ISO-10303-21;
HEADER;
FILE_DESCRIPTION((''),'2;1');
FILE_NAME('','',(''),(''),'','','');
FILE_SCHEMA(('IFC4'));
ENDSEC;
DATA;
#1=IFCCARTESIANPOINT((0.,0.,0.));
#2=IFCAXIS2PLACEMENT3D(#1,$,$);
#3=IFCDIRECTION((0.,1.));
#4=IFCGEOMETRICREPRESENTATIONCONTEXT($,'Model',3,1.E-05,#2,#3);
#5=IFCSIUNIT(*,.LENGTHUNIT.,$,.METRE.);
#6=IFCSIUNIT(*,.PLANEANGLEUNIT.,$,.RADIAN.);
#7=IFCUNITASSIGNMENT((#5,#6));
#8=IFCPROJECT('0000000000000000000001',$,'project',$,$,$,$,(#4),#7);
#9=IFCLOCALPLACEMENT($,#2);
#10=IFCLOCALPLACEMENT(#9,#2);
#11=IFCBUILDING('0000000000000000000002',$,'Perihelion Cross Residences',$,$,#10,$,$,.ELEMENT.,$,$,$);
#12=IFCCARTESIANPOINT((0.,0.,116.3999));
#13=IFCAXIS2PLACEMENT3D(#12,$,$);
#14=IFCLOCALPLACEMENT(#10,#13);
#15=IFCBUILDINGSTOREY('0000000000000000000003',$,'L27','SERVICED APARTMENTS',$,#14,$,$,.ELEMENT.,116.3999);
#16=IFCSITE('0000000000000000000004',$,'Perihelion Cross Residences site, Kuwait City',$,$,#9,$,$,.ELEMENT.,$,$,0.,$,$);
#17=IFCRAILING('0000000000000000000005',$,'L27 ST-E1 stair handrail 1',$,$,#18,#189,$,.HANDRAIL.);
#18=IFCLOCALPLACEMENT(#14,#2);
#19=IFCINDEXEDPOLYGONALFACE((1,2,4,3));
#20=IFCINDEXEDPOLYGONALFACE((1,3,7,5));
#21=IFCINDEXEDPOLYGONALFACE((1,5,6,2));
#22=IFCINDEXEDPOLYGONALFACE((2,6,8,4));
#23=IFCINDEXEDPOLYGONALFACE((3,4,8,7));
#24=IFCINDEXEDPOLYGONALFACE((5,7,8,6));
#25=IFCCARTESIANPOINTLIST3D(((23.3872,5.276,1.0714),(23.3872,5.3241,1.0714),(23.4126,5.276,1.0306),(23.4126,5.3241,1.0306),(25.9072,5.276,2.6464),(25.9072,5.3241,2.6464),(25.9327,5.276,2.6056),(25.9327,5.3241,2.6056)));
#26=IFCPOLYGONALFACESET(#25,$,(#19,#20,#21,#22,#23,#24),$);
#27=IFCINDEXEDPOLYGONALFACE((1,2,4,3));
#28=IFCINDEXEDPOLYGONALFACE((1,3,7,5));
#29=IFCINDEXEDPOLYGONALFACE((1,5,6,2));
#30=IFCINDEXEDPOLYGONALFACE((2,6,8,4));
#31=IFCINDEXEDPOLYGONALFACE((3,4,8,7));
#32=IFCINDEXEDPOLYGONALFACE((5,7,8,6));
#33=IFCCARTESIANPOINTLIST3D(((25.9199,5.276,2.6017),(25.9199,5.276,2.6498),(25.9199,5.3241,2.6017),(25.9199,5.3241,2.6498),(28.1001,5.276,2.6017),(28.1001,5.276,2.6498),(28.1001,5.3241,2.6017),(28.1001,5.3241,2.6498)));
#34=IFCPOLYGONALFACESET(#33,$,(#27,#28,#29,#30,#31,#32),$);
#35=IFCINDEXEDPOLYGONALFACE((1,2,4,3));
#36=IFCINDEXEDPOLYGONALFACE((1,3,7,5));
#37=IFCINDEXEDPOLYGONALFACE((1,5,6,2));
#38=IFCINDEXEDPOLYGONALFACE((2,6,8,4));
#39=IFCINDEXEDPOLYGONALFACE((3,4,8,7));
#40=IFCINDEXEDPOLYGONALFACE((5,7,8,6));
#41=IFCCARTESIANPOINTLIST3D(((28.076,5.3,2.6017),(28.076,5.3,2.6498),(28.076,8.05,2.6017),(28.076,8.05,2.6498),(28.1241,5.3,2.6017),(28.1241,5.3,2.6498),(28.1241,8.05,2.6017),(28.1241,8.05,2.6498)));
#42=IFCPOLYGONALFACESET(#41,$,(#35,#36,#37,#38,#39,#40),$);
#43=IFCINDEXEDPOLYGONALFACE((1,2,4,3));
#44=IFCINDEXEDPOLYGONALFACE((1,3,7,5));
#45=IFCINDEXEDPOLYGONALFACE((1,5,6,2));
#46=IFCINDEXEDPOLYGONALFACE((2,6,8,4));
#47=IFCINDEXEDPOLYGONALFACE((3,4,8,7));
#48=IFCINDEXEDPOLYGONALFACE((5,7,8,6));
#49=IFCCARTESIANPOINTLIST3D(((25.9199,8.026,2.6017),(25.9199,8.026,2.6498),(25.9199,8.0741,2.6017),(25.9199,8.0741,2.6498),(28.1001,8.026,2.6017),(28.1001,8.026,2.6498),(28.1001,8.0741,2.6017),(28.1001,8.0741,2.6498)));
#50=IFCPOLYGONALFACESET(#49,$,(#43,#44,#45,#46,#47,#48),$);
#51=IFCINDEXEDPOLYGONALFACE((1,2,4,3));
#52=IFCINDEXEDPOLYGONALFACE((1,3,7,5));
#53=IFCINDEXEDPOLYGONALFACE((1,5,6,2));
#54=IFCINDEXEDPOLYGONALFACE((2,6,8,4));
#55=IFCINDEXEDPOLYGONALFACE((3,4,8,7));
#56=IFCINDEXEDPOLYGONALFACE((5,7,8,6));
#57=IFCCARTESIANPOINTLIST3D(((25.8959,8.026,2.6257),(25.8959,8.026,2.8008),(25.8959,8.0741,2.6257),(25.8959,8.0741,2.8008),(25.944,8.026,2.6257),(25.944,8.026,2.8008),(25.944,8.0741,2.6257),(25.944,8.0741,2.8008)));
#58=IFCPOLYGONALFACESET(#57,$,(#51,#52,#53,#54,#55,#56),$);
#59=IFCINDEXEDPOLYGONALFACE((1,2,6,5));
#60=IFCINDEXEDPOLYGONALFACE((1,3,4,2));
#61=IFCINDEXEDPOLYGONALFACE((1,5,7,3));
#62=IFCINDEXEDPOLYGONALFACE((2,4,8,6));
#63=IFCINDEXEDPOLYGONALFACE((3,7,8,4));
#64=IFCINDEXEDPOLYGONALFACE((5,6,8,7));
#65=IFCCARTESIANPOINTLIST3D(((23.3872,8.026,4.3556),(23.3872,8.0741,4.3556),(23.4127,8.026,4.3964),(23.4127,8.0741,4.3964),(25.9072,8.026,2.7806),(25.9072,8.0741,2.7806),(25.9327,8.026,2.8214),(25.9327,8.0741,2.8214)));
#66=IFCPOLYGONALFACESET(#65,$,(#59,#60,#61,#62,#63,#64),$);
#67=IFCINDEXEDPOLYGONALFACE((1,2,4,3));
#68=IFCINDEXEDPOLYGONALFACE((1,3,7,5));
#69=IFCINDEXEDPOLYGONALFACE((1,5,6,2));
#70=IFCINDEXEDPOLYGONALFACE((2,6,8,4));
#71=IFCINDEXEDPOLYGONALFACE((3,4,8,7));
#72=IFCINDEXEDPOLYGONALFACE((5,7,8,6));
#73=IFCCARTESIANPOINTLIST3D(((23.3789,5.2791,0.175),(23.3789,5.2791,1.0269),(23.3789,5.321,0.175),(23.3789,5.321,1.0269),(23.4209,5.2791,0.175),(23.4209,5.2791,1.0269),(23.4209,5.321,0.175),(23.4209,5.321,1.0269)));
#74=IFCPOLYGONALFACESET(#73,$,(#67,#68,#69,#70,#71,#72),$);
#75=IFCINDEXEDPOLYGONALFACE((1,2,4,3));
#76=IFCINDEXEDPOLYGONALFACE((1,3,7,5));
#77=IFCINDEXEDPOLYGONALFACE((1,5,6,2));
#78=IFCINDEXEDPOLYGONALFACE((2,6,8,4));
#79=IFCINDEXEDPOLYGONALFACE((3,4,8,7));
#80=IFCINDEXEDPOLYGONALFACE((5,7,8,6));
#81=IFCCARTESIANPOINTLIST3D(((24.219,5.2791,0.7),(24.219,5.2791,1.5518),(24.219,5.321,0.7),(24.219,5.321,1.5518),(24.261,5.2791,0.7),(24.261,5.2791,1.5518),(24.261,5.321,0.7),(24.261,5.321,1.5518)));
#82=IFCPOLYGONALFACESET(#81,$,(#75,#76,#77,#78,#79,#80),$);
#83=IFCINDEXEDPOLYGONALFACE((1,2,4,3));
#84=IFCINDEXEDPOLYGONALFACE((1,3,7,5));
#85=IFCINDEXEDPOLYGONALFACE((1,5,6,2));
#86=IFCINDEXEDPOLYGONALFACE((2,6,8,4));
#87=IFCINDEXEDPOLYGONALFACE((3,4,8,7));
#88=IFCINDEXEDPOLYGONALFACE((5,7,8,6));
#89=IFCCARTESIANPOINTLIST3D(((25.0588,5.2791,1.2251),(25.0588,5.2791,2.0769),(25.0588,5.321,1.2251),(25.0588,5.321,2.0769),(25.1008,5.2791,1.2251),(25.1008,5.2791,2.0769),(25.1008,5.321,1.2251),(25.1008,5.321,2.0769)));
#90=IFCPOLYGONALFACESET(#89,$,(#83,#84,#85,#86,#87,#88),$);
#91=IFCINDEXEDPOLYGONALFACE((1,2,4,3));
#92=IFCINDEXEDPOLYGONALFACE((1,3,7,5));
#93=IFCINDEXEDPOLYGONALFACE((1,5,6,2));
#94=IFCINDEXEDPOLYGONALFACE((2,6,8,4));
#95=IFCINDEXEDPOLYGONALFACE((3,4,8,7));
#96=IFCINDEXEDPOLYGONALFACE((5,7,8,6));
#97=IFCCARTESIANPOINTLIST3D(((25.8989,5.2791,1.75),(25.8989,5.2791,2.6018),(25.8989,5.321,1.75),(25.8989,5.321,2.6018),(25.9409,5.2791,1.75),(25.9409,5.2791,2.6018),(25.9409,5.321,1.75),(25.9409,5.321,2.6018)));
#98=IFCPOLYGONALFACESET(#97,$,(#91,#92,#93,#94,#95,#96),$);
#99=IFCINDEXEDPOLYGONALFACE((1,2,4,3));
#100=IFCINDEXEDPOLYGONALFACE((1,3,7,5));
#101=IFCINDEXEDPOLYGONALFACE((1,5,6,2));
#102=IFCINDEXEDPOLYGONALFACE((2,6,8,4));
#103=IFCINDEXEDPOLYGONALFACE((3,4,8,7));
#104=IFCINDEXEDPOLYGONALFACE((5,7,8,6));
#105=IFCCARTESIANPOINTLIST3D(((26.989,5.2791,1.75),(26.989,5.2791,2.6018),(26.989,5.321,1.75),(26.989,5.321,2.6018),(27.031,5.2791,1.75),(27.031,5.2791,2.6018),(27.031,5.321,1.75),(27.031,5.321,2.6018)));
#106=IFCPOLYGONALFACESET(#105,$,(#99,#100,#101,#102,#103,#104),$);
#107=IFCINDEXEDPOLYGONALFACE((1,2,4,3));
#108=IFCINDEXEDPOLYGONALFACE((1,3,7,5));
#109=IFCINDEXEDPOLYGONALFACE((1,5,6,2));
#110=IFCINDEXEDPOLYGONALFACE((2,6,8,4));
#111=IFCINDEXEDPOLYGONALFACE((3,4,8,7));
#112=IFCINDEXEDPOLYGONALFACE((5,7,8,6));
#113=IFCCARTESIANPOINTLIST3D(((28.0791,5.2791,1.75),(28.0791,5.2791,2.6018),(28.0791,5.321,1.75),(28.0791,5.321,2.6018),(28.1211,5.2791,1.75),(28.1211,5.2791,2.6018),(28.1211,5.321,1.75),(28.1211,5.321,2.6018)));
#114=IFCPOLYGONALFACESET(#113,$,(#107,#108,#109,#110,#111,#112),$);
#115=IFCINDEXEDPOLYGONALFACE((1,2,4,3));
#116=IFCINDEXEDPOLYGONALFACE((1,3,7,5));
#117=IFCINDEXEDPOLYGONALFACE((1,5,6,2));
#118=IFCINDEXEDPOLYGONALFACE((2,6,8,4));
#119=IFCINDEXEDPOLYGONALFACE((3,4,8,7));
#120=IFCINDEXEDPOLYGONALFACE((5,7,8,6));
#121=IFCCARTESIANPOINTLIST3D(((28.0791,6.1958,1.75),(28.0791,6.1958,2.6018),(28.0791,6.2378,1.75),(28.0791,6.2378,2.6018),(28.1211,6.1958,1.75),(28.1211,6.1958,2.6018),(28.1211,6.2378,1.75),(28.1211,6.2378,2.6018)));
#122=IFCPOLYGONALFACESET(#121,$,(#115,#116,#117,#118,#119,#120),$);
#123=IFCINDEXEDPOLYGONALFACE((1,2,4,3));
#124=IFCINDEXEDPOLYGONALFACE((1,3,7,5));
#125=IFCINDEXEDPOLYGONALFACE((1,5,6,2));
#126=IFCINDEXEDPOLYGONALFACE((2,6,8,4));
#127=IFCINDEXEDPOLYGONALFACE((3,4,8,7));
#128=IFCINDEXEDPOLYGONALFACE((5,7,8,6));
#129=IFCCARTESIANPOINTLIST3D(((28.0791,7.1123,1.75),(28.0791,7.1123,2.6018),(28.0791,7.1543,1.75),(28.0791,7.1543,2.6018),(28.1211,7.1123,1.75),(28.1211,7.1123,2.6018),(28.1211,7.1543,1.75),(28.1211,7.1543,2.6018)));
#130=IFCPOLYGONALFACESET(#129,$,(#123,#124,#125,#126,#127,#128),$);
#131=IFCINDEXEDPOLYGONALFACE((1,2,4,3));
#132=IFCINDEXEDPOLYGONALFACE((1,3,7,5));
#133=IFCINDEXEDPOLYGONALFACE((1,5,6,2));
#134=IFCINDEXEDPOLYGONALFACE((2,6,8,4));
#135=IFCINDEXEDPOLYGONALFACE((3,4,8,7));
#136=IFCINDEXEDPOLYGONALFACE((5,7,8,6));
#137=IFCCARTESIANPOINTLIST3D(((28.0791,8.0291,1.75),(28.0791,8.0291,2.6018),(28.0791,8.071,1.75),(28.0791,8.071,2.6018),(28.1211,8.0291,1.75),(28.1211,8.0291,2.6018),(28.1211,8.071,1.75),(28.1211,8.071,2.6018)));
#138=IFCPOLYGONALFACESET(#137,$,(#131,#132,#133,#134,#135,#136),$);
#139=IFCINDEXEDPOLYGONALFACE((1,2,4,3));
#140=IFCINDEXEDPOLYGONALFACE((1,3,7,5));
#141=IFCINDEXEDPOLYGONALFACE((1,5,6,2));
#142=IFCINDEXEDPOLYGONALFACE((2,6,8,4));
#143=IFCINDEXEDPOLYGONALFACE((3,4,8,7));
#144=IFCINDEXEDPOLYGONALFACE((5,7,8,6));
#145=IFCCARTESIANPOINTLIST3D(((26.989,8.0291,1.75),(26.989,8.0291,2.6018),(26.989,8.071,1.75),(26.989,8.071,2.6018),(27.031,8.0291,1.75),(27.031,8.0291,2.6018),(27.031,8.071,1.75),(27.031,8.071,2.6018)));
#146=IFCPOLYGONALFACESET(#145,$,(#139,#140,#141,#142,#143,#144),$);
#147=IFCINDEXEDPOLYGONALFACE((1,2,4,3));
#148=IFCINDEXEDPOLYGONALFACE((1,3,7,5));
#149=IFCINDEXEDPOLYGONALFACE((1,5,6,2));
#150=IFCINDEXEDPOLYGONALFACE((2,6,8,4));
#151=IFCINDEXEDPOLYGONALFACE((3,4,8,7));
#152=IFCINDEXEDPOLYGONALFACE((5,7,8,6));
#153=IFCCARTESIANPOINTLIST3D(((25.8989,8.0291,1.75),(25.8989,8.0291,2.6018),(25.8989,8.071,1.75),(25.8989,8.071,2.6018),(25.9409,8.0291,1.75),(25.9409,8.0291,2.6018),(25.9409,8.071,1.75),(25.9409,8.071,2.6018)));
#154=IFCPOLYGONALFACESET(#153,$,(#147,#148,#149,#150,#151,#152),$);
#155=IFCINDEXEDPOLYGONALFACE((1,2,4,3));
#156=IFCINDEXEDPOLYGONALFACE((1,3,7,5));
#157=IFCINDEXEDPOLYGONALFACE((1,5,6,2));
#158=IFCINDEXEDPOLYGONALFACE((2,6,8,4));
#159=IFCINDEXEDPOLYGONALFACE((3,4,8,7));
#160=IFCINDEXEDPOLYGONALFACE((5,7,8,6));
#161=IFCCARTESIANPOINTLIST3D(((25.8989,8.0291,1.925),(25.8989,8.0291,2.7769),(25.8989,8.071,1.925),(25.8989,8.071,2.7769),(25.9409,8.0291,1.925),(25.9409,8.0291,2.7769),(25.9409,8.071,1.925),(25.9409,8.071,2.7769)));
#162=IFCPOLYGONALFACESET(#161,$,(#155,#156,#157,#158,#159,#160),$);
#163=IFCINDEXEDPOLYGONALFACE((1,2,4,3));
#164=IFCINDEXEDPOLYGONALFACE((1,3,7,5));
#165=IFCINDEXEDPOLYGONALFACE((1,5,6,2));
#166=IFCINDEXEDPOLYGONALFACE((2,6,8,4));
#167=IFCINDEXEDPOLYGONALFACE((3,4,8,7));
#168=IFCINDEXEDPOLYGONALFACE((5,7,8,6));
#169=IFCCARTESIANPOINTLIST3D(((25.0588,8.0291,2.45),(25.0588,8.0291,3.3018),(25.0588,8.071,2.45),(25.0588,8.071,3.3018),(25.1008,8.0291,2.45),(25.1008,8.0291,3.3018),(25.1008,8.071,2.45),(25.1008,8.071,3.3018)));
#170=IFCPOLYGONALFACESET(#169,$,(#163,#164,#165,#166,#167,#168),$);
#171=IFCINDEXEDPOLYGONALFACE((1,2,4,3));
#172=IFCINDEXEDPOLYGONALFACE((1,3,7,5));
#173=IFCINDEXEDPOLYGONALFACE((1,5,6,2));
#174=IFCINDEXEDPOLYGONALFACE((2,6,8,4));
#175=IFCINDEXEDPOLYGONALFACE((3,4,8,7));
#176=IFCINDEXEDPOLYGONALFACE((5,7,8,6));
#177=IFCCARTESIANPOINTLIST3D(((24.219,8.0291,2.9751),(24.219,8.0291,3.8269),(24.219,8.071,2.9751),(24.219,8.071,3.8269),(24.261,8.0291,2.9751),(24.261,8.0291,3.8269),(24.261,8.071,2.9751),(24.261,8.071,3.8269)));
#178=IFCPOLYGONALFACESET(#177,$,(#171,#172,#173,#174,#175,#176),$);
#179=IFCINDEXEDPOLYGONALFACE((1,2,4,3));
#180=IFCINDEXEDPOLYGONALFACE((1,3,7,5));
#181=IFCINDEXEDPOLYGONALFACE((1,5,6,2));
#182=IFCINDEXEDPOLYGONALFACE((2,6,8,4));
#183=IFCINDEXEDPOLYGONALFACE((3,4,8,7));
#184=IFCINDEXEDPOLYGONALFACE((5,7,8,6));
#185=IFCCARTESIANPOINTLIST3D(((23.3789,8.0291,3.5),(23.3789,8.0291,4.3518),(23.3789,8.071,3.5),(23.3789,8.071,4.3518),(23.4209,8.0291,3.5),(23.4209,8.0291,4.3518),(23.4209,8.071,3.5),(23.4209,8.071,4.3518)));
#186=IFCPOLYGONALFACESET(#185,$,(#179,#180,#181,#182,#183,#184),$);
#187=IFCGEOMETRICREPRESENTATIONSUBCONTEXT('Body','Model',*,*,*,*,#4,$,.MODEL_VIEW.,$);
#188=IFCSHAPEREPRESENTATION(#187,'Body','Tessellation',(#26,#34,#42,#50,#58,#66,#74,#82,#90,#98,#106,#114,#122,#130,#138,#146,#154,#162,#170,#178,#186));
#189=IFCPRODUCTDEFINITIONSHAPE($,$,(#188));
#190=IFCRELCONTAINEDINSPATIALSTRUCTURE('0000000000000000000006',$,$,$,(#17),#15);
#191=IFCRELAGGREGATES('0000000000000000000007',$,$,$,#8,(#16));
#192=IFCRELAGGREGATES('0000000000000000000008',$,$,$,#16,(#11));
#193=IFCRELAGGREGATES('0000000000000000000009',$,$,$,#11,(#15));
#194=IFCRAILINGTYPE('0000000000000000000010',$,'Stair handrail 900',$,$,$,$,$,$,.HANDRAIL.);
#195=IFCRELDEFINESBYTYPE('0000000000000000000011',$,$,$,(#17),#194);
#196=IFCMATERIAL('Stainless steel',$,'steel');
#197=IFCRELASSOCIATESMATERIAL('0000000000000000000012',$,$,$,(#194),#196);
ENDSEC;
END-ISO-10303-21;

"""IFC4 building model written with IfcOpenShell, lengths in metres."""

from ifc_helpers import new_model, si_unit, direction, frame, origin, origin_2d, place, context, subcontext, project, spatial, rectangle, extrude, material, type_object, element, save


model = new_model("IFC4")

# Units and contexts
model_context = context("Model", 3, precision=1e-05, world=origin(), true_north=direction((0.0, 1.0)))
body_context = subcontext(model_context, "Body", "Model", "MODEL_VIEW")
ifc_project = project(units=[si_unit("LENGTHUNIT", "METRE"), si_unit("PLANEANGLEUNIT", "RADIAN")], contexts=[model_context])

# Site, building, storey
site_placement = place(None, origin())
site = spatial("IfcSite", under=ifc_project, at=site_placement, Name="Perihelion Cross Residences site, Kuwait City", CompositionType="ELEMENT", RefElevation=0.0)
building_placement = place(site_placement, origin())
building = spatial("IfcBuilding", under=site, at=building_placement, Name="Perihelion Cross Residences", CompositionType="ELEMENT")
storey_placement = place(building_placement, frame((0.0, 0.0, 116.3999)))
storey = spatial("IfcBuildingStorey", under=building, at=storey_placement, Name="L27", Description="SERVICED APARTMENTS", CompositionType="ELEMENT", Elevation=116.3999)

# Railing
ifc_material_1 = material(Name="Stainless steel", Category="steel")
railing_type_1 = type_object("IfcRailingType", Name="Stair handrail 900", PredefinedType="HANDRAIL", material=ifc_material_1)
railing_1_placement = place(storey_placement, frame((23.3999, 5.3, 0.175)))
element("IfcRailing", 1, at=railing_1_placement, inside=storey, type_object=railing_type_1, Name="L27 ST-E1 stair handrail 1", PredefinedType="HANDRAIL", context=body_context, shape_type="SweptSolid", body=[
    extrude(rectangle(XDim=0.0481, YDim=0.0481, at=origin_2d()), frame((0.0, 0.0, 0.876), z_axis=(0.848008, 0.0, 0.529984), x_axis=(0.0, 1.0, 0.0)), (0.0, 0.0, 1.0), 2.9717),
    extrude(rectangle(XDim=0.0481, YDim=0.0481, at=origin_2d()), frame((2.52, 0.0, 2.4507), z_axis=(1.0, 0.0, 0.0), x_axis=(0.0, 1.0, 0.0)), (0.0, 0.0, 1.0), 2.1802),
    extrude(rectangle(XDim=0.0481, YDim=0.0481, at=origin_2d()), frame((4.7002, 0.0, 2.4507), z_axis=(0.0, 1.0, 0.0), x_axis=(-1.0, 0.0, 0.0)), (0.0, 0.0, 1.0), 2.75),
    extrude(rectangle(XDim=0.0481, YDim=0.0481, at=origin_2d()), frame((4.7002, 2.75, 2.4507), z_axis=(-1.0, 0.0, 0.0), x_axis=(0.0, -1.0, 0.0)), (0.0, 0.0, 1.0), 2.1802),
    extrude(rectangle(XDim=0.0481, YDim=0.0481, at=origin_2d()), frame((2.52, 2.75, 2.4507), z_axis=(0.0, 0.0, 1.0), x_axis=(1.0, 0.0, 0.0)), (0.0, 0.0, 1.0), 0.175),
    extrude(rectangle(XDim=0.0481, YDim=0.0481, at=origin_2d()), frame((2.52, 2.75, 2.626), z_axis=(-0.848008, 0.0, 0.529984), x_axis=(0.0, -1.0, 0.0)), (0.0, 0.0, 1.0), 2.9717),
    extrude(rectangle(XDim=0.042, YDim=0.042, at=origin_2d()), origin(), (0.0, 0.0, 1.0), 0.8518),
    extrude(rectangle(XDim=0.042, YDim=0.042, at=origin_2d()), frame((0.8401, 0.0, 0.5249)), (0.0, 0.0, 1.0), 0.8518),
    extrude(rectangle(XDim=0.042, YDim=0.042, at=origin_2d()), frame((1.6799, 0.0, 1.05)), (0.0, 0.0, 1.0), 0.8518),
    extrude(rectangle(XDim=0.042, YDim=0.042, at=origin_2d()), frame((2.52, 0.0, 1.575)), (0.0, 0.0, 1.0), 0.8518),
    extrude(rectangle(XDim=0.042, YDim=0.042, at=origin_2d()), frame((3.6101, 0.0, 1.575)), (0.0, 0.0, 1.0), 0.8518),
    extrude(rectangle(XDim=0.042, YDim=0.042, at=origin_2d()), frame((4.7002, 0.0, 1.575)), (0.0, 0.0, 1.0), 0.8518),
    extrude(rectangle(XDim=0.042, YDim=0.042, at=origin_2d()), frame((4.7002, 0.9167, 1.575)), (0.0, 0.0, 1.0), 0.8518),
    extrude(rectangle(XDim=0.042, YDim=0.042, at=origin_2d()), frame((4.7002, 1.8333, 1.575)), (0.0, 0.0, 1.0), 0.8518),
    extrude(rectangle(XDim=0.042, YDim=0.042, at=origin_2d()), frame((4.7002, 2.75, 1.575)), (0.0, 0.0, 1.0), 0.8518),
    extrude(rectangle(XDim=0.042, YDim=0.042, at=origin_2d()), frame((3.6101, 2.75, 1.575)), (0.0, 0.0, 1.0), 0.8518),
    extrude(rectangle(XDim=0.042, YDim=0.042, at=origin_2d()), frame((2.52, 2.75, 1.575)), (0.0, 0.0, 1.0), 0.8518),
    extrude(rectangle(XDim=0.042, YDim=0.042, at=origin_2d()), frame((2.52, 2.75, 1.75)), (0.0, 0.0, 1.0), 0.8518),
    extrude(rectangle(XDim=0.042, YDim=0.042, at=origin_2d()), frame((1.6799, 2.75, 2.2749)), (0.0, 0.0, 1.0), 0.8518),
    extrude(rectangle(XDim=0.042, YDim=0.042, at=origin_2d()), frame((0.8401, 2.75, 2.8)), (0.0, 0.0, 1.0), 0.8518),
    extrude(rectangle(XDim=0.042, YDim=0.042, at=origin_2d()), frame((0.0, 2.75, 3.325)), (0.0, 0.0, 1.0), 0.8518),
])

save(model, "model.ifc")
